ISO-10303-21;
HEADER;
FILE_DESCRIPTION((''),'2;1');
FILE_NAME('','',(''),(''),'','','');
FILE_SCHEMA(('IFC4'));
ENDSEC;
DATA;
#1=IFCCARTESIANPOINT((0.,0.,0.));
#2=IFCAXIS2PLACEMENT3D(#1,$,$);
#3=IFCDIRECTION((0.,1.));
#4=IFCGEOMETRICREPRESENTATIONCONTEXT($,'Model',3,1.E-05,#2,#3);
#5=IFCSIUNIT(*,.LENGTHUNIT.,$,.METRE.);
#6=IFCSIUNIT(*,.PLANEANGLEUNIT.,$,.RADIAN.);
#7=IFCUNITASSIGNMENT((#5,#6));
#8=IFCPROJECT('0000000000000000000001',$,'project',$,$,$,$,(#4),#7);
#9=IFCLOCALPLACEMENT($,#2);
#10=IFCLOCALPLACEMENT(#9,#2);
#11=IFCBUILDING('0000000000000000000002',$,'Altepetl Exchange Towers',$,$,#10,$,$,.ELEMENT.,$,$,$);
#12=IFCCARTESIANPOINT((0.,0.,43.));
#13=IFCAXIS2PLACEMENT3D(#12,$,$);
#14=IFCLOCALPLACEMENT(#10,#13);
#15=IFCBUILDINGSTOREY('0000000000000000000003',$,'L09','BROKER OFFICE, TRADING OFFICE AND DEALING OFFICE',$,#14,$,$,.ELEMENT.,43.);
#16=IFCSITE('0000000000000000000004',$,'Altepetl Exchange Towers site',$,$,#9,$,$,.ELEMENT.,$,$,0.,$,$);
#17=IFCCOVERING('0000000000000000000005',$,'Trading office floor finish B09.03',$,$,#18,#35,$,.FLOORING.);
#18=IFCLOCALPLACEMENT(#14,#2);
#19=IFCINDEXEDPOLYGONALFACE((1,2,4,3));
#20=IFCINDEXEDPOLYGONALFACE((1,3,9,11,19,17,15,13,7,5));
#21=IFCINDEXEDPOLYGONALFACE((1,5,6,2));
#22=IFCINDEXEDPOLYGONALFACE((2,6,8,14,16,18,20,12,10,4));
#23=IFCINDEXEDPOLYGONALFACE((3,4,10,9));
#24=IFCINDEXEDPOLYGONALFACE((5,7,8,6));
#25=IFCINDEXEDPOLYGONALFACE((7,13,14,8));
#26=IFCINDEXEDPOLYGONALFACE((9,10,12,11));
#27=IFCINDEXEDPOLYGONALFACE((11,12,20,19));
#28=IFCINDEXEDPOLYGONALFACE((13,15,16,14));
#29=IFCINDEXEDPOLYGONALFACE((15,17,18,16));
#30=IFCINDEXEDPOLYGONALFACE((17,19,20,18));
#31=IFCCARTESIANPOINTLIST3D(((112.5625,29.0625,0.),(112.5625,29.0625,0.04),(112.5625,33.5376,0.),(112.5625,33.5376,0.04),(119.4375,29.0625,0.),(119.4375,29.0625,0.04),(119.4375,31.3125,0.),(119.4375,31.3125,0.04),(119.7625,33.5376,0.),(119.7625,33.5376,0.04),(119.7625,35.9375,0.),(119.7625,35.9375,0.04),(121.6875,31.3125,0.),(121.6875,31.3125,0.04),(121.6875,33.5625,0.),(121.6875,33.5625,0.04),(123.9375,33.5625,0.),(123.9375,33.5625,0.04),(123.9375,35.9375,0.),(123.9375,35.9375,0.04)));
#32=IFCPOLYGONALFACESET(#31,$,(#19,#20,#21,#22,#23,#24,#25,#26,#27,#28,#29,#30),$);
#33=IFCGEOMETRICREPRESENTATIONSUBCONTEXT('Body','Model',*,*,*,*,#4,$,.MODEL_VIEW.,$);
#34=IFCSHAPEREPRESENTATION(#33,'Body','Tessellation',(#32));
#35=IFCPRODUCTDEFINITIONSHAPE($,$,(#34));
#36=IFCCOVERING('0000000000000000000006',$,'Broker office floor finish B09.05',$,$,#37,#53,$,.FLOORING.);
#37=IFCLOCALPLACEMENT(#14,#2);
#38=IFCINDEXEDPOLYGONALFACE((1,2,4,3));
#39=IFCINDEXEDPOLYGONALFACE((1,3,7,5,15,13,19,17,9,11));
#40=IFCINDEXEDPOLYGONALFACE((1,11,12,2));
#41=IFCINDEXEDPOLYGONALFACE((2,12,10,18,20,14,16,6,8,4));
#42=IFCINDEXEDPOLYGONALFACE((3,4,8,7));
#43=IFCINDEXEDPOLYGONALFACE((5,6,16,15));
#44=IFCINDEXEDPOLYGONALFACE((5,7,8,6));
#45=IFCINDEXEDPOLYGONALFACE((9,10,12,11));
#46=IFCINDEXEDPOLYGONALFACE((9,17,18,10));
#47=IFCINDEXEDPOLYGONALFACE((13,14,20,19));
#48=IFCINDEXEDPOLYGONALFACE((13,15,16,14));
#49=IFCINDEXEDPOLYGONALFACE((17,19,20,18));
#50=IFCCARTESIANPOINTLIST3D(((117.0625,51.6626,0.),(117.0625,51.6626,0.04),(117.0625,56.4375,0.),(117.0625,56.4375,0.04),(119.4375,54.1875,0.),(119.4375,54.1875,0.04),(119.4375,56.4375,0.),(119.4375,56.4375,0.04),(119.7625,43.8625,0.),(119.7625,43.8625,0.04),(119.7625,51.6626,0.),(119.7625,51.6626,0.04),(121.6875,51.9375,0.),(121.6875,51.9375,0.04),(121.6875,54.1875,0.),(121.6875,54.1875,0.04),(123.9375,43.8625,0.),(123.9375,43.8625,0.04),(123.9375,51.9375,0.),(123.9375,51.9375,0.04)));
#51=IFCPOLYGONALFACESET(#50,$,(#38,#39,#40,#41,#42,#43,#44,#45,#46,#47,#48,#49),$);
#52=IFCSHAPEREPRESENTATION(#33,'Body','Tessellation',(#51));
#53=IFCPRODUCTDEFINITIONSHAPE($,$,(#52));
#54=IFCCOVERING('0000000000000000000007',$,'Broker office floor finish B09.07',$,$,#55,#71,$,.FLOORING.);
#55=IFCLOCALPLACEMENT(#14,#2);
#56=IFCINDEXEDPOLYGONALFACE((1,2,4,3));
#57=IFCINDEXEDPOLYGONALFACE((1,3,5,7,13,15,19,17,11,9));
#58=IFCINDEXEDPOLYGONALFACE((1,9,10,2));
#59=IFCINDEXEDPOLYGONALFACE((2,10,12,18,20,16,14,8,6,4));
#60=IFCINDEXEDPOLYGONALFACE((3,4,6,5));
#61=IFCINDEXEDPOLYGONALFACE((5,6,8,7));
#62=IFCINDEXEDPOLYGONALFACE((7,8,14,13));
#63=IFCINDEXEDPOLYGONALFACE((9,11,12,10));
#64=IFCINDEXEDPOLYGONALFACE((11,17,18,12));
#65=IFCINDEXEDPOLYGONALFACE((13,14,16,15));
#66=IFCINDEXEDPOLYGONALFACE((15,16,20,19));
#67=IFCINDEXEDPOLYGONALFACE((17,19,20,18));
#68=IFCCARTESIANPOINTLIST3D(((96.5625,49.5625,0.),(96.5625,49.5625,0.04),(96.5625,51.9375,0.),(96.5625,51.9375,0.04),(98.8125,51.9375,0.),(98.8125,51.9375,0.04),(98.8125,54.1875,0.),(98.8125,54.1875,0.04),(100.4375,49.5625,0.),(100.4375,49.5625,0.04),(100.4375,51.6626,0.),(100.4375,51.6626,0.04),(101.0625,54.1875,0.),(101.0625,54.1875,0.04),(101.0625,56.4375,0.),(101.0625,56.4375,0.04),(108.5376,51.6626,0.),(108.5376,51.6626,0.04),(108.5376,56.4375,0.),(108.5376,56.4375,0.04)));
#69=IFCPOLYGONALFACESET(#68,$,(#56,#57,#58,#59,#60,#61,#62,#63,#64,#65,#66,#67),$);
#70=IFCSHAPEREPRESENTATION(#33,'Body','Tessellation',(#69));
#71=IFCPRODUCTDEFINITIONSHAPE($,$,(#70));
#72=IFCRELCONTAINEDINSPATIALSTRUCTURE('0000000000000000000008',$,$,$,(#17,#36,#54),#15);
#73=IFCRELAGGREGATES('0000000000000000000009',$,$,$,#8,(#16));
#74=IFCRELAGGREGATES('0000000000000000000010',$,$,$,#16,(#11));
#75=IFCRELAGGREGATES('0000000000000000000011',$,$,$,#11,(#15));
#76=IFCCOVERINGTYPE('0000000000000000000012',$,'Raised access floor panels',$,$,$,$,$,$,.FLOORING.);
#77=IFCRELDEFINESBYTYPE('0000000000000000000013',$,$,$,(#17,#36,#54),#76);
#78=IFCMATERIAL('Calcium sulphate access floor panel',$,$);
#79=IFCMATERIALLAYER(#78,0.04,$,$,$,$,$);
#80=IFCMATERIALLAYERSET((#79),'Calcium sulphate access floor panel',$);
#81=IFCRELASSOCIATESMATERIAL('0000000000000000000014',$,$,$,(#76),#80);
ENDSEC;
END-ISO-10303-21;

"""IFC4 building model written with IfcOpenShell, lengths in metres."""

from ifc_helpers import new_model, si_unit, direction, frame, origin, place, context, subcontext, project, spatial, polyline, outline, extrude, material, layer, layer_set, type_object, element, save


model = new_model("IFC4")

# Units and contexts
model_context = context("Model", 3, precision=1e-05, world=origin(), true_north=direction((0.0, 1.0)))
body_context = subcontext(model_context, "Body", "Model", "MODEL_VIEW")
ifc_project = project(units=[si_unit("LENGTHUNIT", "METRE"), si_unit("PLANEANGLEUNIT", "RADIAN")], contexts=[model_context])

# Site, building, storey
site_placement = place(None, origin())
site = spatial("IfcSite", under=ifc_project, at=site_placement, Name="Altepetl Exchange Towers site", CompositionType="ELEMENT", RefElevation=0.0)
building_placement = place(site_placement, origin())
building = spatial("IfcBuilding", under=site, at=building_placement, Name="Altepetl Exchange Towers", CompositionType="ELEMENT")
storey_placement = place(building_placement, frame((0.0, 0.0, 43.0)))
storey = spatial("IfcBuildingStorey", under=building, at=storey_placement, Name="L09", Description="BROKER OFFICE, TRADING OFFICE AND DEALING OFFICE", CompositionType="ELEMENT", Elevation=43.0)

# Coverings
ifc_material_1 = material(Name="Calcium sulphate access floor panel")
ifc_layer_1 = layer(ifc_material_1, 0.04)
ifc_layer_set_1 = layer_set([ifc_layer_1], Name="Calcium sulphate access floor panel")
covering_type_1 = type_object("IfcCoveringType", Name="Raised access floor panels", PredefinedType="FLOORING", material=ifc_layer_set_1)
covering_1_placement = place(storey_placement, origin())
element("IfcCovering", 1, at=covering_1_placement, inside=storey, type_object=covering_type_1, Name="Trading office floor finish B09.03", PredefinedType="FLOORING", context=body_context, shape_type="SweptSolid", body=[
    extrude(outline(polyline([(112.5625, 33.5376), (112.5625, 29.0625), (119.4375, 29.0625), (119.4375, 31.3125), (121.6875, 31.3125), (121.6875, 33.5625), (123.9375, 33.5625), (123.9375, 35.9375), (119.7625, 35.9375), (119.7625, 33.5376), (112.5625, 33.5376)])), origin(), (0.0, 0.0, 1.0), 0.04),
])
covering_2_placement = place(storey_placement, origin())
element("IfcCovering", 2, at=covering_2_placement, inside=storey, type_object=covering_type_1, Name="Broker office floor finish B09.05", PredefinedType="FLOORING", context=body_context, shape_type="SweptSolid", body=[
    extrude(outline(polyline([(121.6875, 51.9375), (121.6875, 54.1875), (119.4375, 54.1875), (119.4375, 56.4375), (117.0625, 56.4375), (117.0625, 51.6626), (119.7625, 51.6626), (119.7625, 43.8625), (123.9375, 43.8625), (123.9375, 51.9375), (121.6875, 51.9375)])), origin(), (0.0, 0.0, 1.0), 0.04),
])
covering_3_placement = place(storey_placement, origin())
element("IfcCovering", 3, at=covering_3_placement, inside=storey, type_object=covering_type_1, Name="Broker office floor finish B09.07", PredefinedType="FLOORING", context=body_context, shape_type="SweptSolid", body=[
    extrude(outline(polyline([(108.5376, 51.6626), (108.5376, 56.4375), (101.0625, 56.4375), (101.0625, 54.1875), (98.8125, 54.1875), (98.8125, 51.9375), (96.5625, 51.9375), (96.5625, 49.5625), (100.4375, 49.5625), (100.4375, 51.6626), (108.5376, 51.6626)])), origin(), (0.0, 0.0, 1.0), 0.04),
])

save(model, "model.ifc")
